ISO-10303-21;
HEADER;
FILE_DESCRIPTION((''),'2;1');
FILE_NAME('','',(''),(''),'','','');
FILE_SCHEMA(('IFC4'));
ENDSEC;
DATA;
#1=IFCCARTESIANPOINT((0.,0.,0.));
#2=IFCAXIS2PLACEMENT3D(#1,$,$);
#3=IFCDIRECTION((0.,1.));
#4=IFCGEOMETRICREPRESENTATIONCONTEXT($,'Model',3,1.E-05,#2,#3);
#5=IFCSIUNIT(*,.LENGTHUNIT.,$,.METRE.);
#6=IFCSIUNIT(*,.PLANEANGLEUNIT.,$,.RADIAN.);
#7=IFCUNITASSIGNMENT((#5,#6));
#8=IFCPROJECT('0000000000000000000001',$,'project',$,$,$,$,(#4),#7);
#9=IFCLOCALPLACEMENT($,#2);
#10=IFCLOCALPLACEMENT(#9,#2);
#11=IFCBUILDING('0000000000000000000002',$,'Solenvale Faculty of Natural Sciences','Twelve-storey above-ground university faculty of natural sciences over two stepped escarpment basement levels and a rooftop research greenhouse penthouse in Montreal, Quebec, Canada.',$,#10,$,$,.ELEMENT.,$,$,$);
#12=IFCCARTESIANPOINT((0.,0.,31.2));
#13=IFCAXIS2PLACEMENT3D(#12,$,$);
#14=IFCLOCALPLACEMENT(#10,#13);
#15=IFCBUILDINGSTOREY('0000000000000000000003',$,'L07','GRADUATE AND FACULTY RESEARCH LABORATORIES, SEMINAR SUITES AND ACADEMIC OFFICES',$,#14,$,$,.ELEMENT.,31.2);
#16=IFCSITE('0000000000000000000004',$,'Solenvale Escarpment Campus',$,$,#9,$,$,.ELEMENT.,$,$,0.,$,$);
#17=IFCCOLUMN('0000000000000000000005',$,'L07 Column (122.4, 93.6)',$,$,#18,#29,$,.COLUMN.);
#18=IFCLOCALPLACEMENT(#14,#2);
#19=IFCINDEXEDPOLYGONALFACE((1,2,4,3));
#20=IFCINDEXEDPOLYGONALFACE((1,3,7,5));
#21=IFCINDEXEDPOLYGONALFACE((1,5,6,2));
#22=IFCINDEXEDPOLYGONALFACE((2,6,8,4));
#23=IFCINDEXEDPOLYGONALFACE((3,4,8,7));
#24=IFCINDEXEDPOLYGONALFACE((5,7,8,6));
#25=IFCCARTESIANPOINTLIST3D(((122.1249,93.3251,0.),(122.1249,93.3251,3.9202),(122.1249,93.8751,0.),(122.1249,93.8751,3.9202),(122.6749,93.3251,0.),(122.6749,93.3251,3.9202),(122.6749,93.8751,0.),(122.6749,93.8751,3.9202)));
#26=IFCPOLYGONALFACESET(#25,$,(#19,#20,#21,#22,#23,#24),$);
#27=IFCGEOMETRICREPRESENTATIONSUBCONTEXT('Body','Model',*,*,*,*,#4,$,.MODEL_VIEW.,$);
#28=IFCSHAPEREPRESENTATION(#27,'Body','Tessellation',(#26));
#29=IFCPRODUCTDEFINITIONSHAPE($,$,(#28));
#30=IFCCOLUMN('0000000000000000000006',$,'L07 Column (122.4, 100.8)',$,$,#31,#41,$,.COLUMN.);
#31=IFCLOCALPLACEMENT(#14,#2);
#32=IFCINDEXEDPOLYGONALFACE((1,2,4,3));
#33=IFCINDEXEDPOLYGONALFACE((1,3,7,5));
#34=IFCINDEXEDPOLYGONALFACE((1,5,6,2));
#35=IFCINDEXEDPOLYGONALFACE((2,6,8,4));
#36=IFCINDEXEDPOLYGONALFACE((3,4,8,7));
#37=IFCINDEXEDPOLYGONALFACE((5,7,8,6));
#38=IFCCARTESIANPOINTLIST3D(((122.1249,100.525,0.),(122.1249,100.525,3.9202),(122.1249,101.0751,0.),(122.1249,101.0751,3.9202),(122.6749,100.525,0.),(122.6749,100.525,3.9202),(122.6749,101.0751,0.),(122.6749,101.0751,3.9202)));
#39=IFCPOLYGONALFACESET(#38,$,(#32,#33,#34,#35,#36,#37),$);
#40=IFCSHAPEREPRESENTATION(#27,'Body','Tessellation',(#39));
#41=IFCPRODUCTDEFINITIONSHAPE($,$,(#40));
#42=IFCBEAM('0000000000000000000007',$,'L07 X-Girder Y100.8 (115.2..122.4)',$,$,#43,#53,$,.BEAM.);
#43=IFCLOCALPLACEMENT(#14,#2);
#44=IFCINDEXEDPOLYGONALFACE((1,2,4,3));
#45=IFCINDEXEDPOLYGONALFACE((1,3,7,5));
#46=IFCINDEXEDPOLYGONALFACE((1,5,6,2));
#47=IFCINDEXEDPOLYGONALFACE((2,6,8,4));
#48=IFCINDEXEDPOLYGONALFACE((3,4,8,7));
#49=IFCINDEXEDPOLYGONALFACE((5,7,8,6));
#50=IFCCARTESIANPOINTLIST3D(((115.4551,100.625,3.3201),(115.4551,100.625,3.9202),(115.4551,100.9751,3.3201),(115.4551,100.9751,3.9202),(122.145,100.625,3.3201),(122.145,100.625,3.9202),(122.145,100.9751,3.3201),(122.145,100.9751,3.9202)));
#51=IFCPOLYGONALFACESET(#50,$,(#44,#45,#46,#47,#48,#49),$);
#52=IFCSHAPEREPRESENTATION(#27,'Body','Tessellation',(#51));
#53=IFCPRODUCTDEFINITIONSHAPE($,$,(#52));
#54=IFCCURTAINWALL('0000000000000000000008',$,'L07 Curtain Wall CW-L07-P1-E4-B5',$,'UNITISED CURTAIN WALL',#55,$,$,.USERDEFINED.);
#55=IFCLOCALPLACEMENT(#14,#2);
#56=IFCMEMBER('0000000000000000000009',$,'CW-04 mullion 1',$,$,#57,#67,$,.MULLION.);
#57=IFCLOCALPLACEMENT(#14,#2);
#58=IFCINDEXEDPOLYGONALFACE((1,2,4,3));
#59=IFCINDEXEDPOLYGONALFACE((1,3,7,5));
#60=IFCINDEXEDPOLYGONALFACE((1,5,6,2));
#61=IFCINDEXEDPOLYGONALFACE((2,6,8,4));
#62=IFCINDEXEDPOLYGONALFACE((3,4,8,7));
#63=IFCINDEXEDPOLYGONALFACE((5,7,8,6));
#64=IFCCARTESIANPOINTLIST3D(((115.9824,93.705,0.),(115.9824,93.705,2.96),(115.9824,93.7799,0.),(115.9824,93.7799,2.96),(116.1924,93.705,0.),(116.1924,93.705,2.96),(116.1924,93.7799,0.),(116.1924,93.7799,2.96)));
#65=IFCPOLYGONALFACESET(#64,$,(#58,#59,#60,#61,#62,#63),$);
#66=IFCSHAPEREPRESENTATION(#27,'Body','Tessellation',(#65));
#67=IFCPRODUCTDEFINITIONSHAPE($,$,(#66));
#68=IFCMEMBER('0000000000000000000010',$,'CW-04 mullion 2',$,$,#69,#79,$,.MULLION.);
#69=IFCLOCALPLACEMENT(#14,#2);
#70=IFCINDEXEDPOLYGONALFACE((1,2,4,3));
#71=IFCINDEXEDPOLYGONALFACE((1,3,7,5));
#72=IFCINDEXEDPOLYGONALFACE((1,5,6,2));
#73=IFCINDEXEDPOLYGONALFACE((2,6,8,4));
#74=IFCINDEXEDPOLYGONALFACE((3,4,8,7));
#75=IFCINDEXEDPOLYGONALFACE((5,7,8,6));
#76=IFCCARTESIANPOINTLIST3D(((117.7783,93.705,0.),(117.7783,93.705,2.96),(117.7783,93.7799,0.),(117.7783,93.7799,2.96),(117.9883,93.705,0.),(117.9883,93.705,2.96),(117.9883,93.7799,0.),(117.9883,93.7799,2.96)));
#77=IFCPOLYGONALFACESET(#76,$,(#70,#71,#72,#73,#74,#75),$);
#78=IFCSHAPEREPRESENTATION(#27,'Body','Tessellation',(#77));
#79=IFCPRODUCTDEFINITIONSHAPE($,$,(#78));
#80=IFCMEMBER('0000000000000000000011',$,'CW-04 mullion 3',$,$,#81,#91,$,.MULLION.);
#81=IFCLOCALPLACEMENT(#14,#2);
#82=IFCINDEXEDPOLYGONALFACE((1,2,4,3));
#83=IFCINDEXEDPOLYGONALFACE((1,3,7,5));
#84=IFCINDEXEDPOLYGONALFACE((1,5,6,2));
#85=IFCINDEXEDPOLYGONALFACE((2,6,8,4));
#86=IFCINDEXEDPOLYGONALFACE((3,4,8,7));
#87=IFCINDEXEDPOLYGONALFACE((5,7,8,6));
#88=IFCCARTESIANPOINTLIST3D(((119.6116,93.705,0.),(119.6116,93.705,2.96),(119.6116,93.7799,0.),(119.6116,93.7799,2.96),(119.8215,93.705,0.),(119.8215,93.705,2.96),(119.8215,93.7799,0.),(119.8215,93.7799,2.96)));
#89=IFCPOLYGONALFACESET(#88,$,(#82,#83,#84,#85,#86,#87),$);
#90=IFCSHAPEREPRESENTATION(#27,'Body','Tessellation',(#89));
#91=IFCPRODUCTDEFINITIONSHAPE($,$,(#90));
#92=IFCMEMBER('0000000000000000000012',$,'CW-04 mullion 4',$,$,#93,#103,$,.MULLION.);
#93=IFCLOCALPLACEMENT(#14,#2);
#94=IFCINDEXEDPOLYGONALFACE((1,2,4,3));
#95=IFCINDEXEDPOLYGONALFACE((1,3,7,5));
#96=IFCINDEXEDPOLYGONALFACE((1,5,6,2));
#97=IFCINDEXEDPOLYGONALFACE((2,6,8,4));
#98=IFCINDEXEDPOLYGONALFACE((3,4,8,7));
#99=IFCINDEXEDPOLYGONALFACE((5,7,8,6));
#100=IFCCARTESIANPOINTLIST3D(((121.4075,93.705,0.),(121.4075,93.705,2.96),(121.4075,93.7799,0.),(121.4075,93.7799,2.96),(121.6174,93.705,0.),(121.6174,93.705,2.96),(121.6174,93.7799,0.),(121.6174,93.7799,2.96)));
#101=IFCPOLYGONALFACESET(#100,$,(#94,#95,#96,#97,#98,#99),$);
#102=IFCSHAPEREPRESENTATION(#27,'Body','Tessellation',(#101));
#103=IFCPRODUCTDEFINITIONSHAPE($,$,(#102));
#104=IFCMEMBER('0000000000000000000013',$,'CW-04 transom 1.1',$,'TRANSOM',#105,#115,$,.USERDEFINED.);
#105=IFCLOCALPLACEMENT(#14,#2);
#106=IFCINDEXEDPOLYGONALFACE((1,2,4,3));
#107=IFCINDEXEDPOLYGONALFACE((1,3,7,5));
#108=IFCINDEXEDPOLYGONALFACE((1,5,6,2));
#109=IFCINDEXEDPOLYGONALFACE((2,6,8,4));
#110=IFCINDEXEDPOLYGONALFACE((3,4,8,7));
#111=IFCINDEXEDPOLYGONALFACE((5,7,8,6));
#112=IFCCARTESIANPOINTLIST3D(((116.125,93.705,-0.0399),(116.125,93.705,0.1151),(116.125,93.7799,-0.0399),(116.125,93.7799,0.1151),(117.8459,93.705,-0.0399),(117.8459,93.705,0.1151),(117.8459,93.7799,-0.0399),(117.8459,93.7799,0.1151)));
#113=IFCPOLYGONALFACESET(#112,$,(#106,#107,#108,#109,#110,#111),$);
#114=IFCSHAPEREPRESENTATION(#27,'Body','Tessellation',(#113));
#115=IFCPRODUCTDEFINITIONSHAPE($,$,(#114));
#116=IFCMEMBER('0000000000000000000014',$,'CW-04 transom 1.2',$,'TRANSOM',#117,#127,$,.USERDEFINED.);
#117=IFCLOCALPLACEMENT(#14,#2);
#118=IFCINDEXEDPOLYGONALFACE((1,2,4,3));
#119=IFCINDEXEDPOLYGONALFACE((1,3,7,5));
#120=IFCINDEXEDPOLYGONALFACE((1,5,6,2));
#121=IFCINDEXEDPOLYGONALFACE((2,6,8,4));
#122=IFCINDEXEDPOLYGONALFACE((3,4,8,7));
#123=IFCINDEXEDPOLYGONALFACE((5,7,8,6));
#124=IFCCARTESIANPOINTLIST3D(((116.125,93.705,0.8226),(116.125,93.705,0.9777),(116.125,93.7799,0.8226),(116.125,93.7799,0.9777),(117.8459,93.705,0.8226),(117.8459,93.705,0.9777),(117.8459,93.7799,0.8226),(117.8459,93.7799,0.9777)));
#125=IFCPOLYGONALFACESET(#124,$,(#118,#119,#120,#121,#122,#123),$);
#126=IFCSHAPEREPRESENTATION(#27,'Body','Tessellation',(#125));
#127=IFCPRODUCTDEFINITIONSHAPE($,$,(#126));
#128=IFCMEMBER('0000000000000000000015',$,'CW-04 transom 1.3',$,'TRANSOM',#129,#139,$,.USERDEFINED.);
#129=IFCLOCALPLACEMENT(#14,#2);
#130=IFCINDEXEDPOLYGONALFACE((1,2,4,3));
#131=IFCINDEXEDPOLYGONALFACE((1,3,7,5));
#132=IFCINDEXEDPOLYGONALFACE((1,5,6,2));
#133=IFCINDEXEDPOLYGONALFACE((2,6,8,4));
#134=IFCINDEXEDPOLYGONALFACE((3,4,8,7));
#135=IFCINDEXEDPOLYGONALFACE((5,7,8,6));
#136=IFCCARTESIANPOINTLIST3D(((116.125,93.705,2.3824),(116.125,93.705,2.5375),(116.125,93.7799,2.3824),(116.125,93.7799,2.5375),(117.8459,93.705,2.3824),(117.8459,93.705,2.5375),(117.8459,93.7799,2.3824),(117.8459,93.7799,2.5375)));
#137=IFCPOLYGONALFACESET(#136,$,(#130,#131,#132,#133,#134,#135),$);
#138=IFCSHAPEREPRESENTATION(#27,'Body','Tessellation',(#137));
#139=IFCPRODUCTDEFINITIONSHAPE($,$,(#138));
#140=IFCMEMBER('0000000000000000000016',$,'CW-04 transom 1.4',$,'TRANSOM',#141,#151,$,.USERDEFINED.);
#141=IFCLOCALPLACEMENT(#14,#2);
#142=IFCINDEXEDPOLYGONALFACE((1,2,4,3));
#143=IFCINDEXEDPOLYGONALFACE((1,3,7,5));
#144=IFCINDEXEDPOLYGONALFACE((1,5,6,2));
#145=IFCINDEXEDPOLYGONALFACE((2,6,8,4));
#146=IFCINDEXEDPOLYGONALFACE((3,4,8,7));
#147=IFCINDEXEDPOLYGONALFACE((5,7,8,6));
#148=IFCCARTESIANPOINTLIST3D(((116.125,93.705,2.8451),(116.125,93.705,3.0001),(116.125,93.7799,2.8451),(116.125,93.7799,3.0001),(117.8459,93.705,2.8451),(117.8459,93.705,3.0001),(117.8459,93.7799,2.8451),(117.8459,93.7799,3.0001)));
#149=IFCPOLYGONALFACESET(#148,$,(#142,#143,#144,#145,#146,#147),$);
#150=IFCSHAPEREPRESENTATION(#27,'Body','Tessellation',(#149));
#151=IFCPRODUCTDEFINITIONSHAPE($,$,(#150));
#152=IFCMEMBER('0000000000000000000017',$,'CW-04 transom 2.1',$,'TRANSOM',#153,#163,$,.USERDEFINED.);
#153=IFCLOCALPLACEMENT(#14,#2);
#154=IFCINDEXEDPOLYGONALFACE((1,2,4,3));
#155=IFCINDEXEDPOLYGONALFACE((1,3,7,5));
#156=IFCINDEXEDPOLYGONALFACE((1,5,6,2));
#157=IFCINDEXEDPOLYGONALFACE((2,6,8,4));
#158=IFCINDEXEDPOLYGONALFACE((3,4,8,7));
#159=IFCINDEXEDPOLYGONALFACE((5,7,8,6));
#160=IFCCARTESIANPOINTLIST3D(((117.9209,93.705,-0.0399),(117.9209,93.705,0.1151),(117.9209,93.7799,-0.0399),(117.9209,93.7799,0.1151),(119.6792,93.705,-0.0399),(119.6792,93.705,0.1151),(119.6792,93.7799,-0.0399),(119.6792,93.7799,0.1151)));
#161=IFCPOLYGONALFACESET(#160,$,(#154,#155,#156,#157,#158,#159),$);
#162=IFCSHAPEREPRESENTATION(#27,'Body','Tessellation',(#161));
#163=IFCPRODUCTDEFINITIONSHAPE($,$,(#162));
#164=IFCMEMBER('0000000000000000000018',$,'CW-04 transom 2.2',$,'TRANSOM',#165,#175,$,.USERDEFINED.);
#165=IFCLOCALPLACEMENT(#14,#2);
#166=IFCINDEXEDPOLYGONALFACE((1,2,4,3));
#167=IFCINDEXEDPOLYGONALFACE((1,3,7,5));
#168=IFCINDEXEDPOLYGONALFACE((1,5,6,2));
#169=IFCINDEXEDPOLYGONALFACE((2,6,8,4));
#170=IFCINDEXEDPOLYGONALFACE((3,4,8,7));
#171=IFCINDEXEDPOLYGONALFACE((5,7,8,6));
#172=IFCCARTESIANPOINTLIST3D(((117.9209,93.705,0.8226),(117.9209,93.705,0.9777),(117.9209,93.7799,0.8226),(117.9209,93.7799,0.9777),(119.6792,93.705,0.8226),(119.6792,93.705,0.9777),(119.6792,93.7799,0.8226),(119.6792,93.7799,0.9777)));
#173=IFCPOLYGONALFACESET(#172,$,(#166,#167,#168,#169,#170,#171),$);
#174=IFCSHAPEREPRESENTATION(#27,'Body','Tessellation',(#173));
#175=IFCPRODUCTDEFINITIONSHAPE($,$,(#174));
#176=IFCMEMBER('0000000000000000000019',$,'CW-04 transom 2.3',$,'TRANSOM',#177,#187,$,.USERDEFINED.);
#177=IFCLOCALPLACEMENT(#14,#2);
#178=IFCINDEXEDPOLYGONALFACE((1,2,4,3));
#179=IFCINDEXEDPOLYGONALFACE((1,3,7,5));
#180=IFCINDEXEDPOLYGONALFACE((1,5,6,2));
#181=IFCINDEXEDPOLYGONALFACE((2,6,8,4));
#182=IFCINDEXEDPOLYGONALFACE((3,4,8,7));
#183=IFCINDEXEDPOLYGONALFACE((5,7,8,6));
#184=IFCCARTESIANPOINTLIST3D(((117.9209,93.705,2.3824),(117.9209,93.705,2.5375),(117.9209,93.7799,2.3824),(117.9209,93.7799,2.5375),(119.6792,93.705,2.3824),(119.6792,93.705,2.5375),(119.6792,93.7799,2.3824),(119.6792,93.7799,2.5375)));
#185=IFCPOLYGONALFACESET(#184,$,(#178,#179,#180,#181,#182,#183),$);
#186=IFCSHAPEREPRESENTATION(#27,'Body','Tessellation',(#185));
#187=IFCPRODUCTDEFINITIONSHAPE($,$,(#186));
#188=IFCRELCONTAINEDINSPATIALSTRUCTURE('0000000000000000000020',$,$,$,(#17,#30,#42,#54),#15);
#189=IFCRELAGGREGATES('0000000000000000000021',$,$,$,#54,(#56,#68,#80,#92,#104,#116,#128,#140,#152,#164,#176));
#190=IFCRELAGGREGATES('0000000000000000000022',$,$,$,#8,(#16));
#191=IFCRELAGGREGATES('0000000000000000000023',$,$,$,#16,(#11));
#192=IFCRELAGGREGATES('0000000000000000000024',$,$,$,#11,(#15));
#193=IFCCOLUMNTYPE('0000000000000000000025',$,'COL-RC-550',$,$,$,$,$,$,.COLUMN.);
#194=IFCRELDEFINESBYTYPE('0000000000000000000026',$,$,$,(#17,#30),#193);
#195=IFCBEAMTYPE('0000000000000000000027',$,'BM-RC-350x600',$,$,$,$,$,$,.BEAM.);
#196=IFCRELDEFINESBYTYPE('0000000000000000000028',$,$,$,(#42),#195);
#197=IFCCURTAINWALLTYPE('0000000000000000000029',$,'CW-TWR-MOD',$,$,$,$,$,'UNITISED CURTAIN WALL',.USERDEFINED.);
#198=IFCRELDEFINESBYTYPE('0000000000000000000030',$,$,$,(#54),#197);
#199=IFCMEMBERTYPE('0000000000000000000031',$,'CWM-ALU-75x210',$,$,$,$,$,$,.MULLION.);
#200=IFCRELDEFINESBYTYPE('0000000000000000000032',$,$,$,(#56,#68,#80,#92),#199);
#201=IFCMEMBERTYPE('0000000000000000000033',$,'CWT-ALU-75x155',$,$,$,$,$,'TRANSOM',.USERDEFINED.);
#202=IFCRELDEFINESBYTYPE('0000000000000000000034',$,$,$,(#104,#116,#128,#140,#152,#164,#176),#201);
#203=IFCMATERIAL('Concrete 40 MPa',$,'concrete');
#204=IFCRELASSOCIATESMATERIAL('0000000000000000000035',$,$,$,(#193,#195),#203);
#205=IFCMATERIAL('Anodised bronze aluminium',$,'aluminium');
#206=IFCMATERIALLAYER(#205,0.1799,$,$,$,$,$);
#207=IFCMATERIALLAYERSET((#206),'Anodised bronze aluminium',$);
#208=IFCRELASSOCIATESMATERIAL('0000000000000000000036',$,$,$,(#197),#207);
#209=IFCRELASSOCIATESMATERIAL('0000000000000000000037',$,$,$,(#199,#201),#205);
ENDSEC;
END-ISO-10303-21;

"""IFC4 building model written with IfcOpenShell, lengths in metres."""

from ifc_helpers import new_model, si_unit, direction, frame, origin, origin_2d, place, context, subcontext, project, spatial, rectangle, extrude, material, layer, layer_set, material_profile, profile_set, type_object, element, aggregate, save


model = new_model("IFC4")

# Units and contexts
model_context = context("Model", 3, precision=1e-05, world=origin(), true_north=direction((0.0, 1.0)))
body_context = subcontext(model_context, "Body", "Model", "MODEL_VIEW")
ifc_project = project(units=[si_unit("LENGTHUNIT", "METRE"), si_unit("PLANEANGLEUNIT", "RADIAN")], contexts=[model_context])

# Site, building, storey
site_placement = place(None, origin())
site = spatial("IfcSite", under=ifc_project, at=site_placement, Name="Solenvale Escarpment Campus", CompositionType="ELEMENT", RefElevation=0.0)
building_placement = place(site_placement, origin())
building = spatial("IfcBuilding", under=site, at=building_placement, Name="Solenvale Faculty of Natural Sciences", Description="Twelve-storey above-ground university faculty of natural sciences over two stepped escarpment basement levels and a rooftop research greenhouse penthouse in Montreal, Quebec, Canada.", CompositionType="ELEMENT")
storey_placement = place(building_placement, frame((0.0, 0.0, 31.2)))
storey = spatial("IfcBuildingStorey", under=building, at=storey_placement, Name="L07", Description="GRADUATE AND FACULTY RESEARCH LABORATORIES, SEMINAR SUITES AND ACADEMIC OFFICES", CompositionType="ELEMENT", Elevation=31.2)

# Columns
ifc_material_1 = material(Name="Concrete 40 MPa", Category="concrete")
ifc_material_profile_1 = material_profile(ifc_material_1, rectangle(XDim=0.55, YDim=0.55, at=origin_2d()), Name="RC-COL-550x550")
ifc_profile_set_1 = profile_set([ifc_material_profile_1], Name="Concrete 40 MPa")
column_type = type_object("IfcColumnType", Name="COL-RC-550", PredefinedType="COLUMN", material=ifc_profile_set_1)
for number, where, z_axis, x_axis, name in (
    (1, (122.3999, 93.6001, 0.0), (0.0, 0.0, 1.0), (1.0, 0.0, 0.0), "L07 Column (122.4, 93.6)"),
    (2, (122.3999, 100.8, 0.0), (0.0, 0.0, 1.0), (1.0, 0.0, 0.0), "L07 Column (122.4, 100.8)"),
):
    element("IfcColumn", number, at=place(storey_placement, frame(where, z_axis=z_axis, x_axis=x_axis)), inside=storey, type_object=column_type, Name=name, PredefinedType="COLUMN", context=body_context, shape_type="SweptSolid", body=[
        extrude(rectangle(XDim=0.55, YDim=0.55, at=origin_2d()), origin(), (0.0, 0.0, 1.0), 3.9202),
    ])

# Beam
ifc_material_profile_2 = material_profile(ifc_material_1, rectangle(XDim=0.3501, YDim=0.6001, at=origin_2d()), Name="RC-BM-350x600")
ifc_profile_set_2 = profile_set([ifc_material_profile_2], Name="Concrete 40 MPa")
beam_type = type_object("IfcBeamType", Name="BM-RC-350x600", PredefinedType="BEAM", material=ifc_profile_set_2)
beam_placement = place(storey_placement, frame((115.4551, 100.8, 3.6201), z_axis=(1.0, 0.0, 0.0), x_axis=(0.0, 1.0, 0.0)))
element("IfcBeam", 3, at=beam_placement, inside=storey, type_object=beam_type, Name="L07 X-Girder Y100.8 (115.2..122.4)", PredefinedType="BEAM", context=body_context, shape_type="SweptSolid", body=[
    extrude(rectangle(XDim=0.3501, YDim=0.6001, at=origin_2d()), origin(), (0.0, 0.0, 1.0), 6.6899),
])

# Curtain wall, members
ifc_material_2 = material(Name="Anodised bronze aluminium", Category="aluminium")
ifc_layer_1 = layer(ifc_material_2, 0.1799)
ifc_layer_set_1 = layer_set([ifc_layer_1], Name="Anodised bronze aluminium")
curtain_wall_type = type_object("IfcCurtainWallType", Name="CW-TWR-MOD", ElementType="UNITISED CURTAIN WALL", PredefinedType="USERDEFINED", material=ifc_layer_set_1)
curtain_wall_placement = place(storey_placement, origin())
curtain_wall = element("IfcCurtainWall", 4, at=curtain_wall_placement, inside=storey, type_object=curtain_wall_type, Name="L07 Curtain Wall CW-L07-P1-E4-B5", ObjectType="UNITISED CURTAIN WALL", PredefinedType="USERDEFINED")
ifc_material_profile_3 = material_profile(ifc_material_2, rectangle(XDim=0.075, YDim=0.21, at=origin_2d()), Name="ALU-MUL-75x210")
ifc_profile_set_3 = profile_set([ifc_material_profile_3], Name="Anodised bronze aluminium")
member_type_1 = type_object("IfcMemberType", Name="CWM-ALU-75x210", PredefinedType="MULLION", material=ifc_profile_set_3)
member_1_placement = place(storey_placement, frame((116.0874, 93.7424, 0.0), z_axis=(0.0, 0.0, 1.0), x_axis=(0.0, 1.0, 0.0)))
member_1 = element("IfcMember", 5, at=member_1_placement, type_object=member_type_1, Name="CW-04 mullion 1", PredefinedType="MULLION", context=body_context, shape_type="SweptSolid", body=[
    extrude(rectangle(XDim=0.075, YDim=0.21, at=origin_2d()), origin(), (0.0, 0.0, 1.0), 2.96),
])
member_2_placement = place(storey_placement, frame((117.8833, 93.7424, 0.0), z_axis=(0.0, 0.0, 1.0), x_axis=(0.0, 1.0, 0.0)))
member_2 = element("IfcMember", 6, at=member_2_placement, type_object=member_type_1, Name="CW-04 mullion 2", PredefinedType="MULLION", context=body_context, shape_type="SweptSolid", body=[
    extrude(rectangle(XDim=0.075, YDim=0.21, at=origin_2d()), origin(), (0.0, 0.0, 1.0), 2.96),
])
member_3_placement = place(storey_placement, frame((119.7166, 93.7424, 0.0), z_axis=(0.0, 0.0, 1.0), x_axis=(0.0, 1.0, 0.0)))
member_3 = element("IfcMember", 7, at=member_3_placement, type_object=member_type_1, Name="CW-04 mullion 3", PredefinedType="MULLION", context=body_context, shape_type="SweptSolid", body=[
    extrude(rectangle(XDim=0.075, YDim=0.21, at=origin_2d()), origin(), (0.0, 0.0, 1.0), 2.96),
])
member_4_placement = place(storey_placement, frame((121.5125, 93.7424, 0.0), z_axis=(0.0, 0.0, 1.0), x_axis=(0.0, 1.0, 0.0)))
member_4 = element("IfcMember", 8, at=member_4_placement, type_object=member_type_1, Name="CW-04 mullion 4", PredefinedType="MULLION", context=body_context, shape_type="SweptSolid", body=[
    extrude(rectangle(XDim=0.075, YDim=0.21, at=origin_2d()), origin(), (0.0, 0.0, 1.0), 2.96),
])
ifc_material_profile_4 = material_profile(ifc_material_2, rectangle(XDim=0.075, YDim=0.155, at=origin_2d()), Name="ALU-TRN-75x155")
ifc_profile_set_4 = profile_set([ifc_material_profile_4], Name="Anodised bronze aluminium")
member_type_2 = type_object("IfcMemberType", Name="CWT-ALU-75x155", ElementType="TRANSOM", PredefinedType="USERDEFINED", material=ifc_profile_set_4)
member_5_placement = place(storey_placement, frame((116.125, 93.7424, 0.0376), z_axis=(1.0, 0.0, 0.0), x_axis=(0.0, 1.0, 0.0)))
member_5 = element("IfcMember", 9, at=member_5_placement, type_object=member_type_2, Name="CW-04 transom 1.1", ObjectType="TRANSOM", PredefinedType="USERDEFINED", context=body_context, shape_type="SweptSolid", body=[
    extrude(rectangle(XDim=0.075, YDim=0.155, at=origin_2d()), origin(), (0.0, 0.0, 1.0), 1.7209),
])
member_6_placement = place(storey_placement, frame((116.125, 93.7424, 0.9001), z_axis=(1.0, 0.0, 0.0), x_axis=(0.0, 1.0, 0.0)))
member_6 = element("IfcMember", 10, at=member_6_placement, type_object=member_type_2, Name="CW-04 transom 1.2", ObjectType="TRANSOM", PredefinedType="USERDEFINED", context=body_context, shape_type="SweptSolid", body=[
    extrude(rectangle(XDim=0.075, YDim=0.155, at=origin_2d()), origin(), (0.0, 0.0, 1.0), 1.7209),
])
member_7_placement = place(storey_placement, frame((116.125, 93.7424, 2.46), z_axis=(1.0, 0.0, 0.0), x_axis=(0.0, 1.0, 0.0)))
member_7 = element("IfcMember", 11, at=member_7_placement, type_object=member_type_2, Name="CW-04 transom 1.3", ObjectType="TRANSOM", PredefinedType="USERDEFINED", context=body_context, shape_type="SweptSolid", body=[
    extrude(rectangle(XDim=0.075, YDim=0.155, at=origin_2d()), origin(), (0.0, 0.0, 1.0), 1.7209),
])
member_8_placement = place(storey_placement, frame((116.125, 93.7424, 2.9226), z_axis=(1.0, 0.0, 0.0), x_axis=(0.0, 1.0, 0.0)))
member_8 = element("IfcMember", 12, at=member_8_placement, type_object=member_type_2, Name="CW-04 transom 1.4", ObjectType="TRANSOM", PredefinedType="USERDEFINED", context=body_context, shape_type="SweptSolid", body=[
    extrude(rectangle(XDim=0.075, YDim=0.155, at=origin_2d()), origin(), (0.0, 0.0, 1.0), 1.7209),
])
member_9_placement = place(storey_placement, frame((117.9209, 93.7424, 0.0376), z_axis=(1.0, 0.0, 0.0), x_axis=(0.0, 1.0, 0.0)))
member_9 = element("IfcMember", 13, at=member_9_placement, type_object=member_type_2, Name="CW-04 transom 2.1", ObjectType="TRANSOM", PredefinedType="USERDEFINED", context=body_context, shape_type="SweptSolid", body=[
    extrude(rectangle(XDim=0.075, YDim=0.155, at=origin_2d()), origin(), (0.0, 0.0, 1.0), 1.7583),
])
member_10_placement = place(storey_placement, frame((117.9209, 93.7424, 0.9001), z_axis=(1.0, 0.0, 0.0), x_axis=(0.0, 1.0, 0.0)))
member_10 = element("IfcMember", 14, at=member_10_placement, type_object=member_type_2, Name="CW-04 transom 2.2", ObjectType="TRANSOM", PredefinedType="USERDEFINED", context=body_context, shape_type="SweptSolid", body=[
    extrude(rectangle(XDim=0.075, YDim=0.155, at=origin_2d()), origin(), (0.0, 0.0, 1.0), 1.7583),
])
member_11_placement = place(storey_placement, frame((117.9209, 93.7424, 2.46), z_axis=(1.0, 0.0, 0.0), x_axis=(0.0, 1.0, 0.0)))
member_11 = element("IfcMember", 15, at=member_11_placement, type_object=member_type_2, Name="CW-04 transom 2.3", ObjectType="TRANSOM", PredefinedType="USERDEFINED", context=body_context, shape_type="SweptSolid", body=[
    extrude(rectangle(XDim=0.075, YDim=0.155, at=origin_2d()), origin(), (0.0, 0.0, 1.0), 1.7583),
])
aggregate(curtain_wall, [member_1, member_2, member_3, member_4, member_5, member_6, member_7, member_8, member_9, member_10, member_11])

save(model, "model.ifc")
